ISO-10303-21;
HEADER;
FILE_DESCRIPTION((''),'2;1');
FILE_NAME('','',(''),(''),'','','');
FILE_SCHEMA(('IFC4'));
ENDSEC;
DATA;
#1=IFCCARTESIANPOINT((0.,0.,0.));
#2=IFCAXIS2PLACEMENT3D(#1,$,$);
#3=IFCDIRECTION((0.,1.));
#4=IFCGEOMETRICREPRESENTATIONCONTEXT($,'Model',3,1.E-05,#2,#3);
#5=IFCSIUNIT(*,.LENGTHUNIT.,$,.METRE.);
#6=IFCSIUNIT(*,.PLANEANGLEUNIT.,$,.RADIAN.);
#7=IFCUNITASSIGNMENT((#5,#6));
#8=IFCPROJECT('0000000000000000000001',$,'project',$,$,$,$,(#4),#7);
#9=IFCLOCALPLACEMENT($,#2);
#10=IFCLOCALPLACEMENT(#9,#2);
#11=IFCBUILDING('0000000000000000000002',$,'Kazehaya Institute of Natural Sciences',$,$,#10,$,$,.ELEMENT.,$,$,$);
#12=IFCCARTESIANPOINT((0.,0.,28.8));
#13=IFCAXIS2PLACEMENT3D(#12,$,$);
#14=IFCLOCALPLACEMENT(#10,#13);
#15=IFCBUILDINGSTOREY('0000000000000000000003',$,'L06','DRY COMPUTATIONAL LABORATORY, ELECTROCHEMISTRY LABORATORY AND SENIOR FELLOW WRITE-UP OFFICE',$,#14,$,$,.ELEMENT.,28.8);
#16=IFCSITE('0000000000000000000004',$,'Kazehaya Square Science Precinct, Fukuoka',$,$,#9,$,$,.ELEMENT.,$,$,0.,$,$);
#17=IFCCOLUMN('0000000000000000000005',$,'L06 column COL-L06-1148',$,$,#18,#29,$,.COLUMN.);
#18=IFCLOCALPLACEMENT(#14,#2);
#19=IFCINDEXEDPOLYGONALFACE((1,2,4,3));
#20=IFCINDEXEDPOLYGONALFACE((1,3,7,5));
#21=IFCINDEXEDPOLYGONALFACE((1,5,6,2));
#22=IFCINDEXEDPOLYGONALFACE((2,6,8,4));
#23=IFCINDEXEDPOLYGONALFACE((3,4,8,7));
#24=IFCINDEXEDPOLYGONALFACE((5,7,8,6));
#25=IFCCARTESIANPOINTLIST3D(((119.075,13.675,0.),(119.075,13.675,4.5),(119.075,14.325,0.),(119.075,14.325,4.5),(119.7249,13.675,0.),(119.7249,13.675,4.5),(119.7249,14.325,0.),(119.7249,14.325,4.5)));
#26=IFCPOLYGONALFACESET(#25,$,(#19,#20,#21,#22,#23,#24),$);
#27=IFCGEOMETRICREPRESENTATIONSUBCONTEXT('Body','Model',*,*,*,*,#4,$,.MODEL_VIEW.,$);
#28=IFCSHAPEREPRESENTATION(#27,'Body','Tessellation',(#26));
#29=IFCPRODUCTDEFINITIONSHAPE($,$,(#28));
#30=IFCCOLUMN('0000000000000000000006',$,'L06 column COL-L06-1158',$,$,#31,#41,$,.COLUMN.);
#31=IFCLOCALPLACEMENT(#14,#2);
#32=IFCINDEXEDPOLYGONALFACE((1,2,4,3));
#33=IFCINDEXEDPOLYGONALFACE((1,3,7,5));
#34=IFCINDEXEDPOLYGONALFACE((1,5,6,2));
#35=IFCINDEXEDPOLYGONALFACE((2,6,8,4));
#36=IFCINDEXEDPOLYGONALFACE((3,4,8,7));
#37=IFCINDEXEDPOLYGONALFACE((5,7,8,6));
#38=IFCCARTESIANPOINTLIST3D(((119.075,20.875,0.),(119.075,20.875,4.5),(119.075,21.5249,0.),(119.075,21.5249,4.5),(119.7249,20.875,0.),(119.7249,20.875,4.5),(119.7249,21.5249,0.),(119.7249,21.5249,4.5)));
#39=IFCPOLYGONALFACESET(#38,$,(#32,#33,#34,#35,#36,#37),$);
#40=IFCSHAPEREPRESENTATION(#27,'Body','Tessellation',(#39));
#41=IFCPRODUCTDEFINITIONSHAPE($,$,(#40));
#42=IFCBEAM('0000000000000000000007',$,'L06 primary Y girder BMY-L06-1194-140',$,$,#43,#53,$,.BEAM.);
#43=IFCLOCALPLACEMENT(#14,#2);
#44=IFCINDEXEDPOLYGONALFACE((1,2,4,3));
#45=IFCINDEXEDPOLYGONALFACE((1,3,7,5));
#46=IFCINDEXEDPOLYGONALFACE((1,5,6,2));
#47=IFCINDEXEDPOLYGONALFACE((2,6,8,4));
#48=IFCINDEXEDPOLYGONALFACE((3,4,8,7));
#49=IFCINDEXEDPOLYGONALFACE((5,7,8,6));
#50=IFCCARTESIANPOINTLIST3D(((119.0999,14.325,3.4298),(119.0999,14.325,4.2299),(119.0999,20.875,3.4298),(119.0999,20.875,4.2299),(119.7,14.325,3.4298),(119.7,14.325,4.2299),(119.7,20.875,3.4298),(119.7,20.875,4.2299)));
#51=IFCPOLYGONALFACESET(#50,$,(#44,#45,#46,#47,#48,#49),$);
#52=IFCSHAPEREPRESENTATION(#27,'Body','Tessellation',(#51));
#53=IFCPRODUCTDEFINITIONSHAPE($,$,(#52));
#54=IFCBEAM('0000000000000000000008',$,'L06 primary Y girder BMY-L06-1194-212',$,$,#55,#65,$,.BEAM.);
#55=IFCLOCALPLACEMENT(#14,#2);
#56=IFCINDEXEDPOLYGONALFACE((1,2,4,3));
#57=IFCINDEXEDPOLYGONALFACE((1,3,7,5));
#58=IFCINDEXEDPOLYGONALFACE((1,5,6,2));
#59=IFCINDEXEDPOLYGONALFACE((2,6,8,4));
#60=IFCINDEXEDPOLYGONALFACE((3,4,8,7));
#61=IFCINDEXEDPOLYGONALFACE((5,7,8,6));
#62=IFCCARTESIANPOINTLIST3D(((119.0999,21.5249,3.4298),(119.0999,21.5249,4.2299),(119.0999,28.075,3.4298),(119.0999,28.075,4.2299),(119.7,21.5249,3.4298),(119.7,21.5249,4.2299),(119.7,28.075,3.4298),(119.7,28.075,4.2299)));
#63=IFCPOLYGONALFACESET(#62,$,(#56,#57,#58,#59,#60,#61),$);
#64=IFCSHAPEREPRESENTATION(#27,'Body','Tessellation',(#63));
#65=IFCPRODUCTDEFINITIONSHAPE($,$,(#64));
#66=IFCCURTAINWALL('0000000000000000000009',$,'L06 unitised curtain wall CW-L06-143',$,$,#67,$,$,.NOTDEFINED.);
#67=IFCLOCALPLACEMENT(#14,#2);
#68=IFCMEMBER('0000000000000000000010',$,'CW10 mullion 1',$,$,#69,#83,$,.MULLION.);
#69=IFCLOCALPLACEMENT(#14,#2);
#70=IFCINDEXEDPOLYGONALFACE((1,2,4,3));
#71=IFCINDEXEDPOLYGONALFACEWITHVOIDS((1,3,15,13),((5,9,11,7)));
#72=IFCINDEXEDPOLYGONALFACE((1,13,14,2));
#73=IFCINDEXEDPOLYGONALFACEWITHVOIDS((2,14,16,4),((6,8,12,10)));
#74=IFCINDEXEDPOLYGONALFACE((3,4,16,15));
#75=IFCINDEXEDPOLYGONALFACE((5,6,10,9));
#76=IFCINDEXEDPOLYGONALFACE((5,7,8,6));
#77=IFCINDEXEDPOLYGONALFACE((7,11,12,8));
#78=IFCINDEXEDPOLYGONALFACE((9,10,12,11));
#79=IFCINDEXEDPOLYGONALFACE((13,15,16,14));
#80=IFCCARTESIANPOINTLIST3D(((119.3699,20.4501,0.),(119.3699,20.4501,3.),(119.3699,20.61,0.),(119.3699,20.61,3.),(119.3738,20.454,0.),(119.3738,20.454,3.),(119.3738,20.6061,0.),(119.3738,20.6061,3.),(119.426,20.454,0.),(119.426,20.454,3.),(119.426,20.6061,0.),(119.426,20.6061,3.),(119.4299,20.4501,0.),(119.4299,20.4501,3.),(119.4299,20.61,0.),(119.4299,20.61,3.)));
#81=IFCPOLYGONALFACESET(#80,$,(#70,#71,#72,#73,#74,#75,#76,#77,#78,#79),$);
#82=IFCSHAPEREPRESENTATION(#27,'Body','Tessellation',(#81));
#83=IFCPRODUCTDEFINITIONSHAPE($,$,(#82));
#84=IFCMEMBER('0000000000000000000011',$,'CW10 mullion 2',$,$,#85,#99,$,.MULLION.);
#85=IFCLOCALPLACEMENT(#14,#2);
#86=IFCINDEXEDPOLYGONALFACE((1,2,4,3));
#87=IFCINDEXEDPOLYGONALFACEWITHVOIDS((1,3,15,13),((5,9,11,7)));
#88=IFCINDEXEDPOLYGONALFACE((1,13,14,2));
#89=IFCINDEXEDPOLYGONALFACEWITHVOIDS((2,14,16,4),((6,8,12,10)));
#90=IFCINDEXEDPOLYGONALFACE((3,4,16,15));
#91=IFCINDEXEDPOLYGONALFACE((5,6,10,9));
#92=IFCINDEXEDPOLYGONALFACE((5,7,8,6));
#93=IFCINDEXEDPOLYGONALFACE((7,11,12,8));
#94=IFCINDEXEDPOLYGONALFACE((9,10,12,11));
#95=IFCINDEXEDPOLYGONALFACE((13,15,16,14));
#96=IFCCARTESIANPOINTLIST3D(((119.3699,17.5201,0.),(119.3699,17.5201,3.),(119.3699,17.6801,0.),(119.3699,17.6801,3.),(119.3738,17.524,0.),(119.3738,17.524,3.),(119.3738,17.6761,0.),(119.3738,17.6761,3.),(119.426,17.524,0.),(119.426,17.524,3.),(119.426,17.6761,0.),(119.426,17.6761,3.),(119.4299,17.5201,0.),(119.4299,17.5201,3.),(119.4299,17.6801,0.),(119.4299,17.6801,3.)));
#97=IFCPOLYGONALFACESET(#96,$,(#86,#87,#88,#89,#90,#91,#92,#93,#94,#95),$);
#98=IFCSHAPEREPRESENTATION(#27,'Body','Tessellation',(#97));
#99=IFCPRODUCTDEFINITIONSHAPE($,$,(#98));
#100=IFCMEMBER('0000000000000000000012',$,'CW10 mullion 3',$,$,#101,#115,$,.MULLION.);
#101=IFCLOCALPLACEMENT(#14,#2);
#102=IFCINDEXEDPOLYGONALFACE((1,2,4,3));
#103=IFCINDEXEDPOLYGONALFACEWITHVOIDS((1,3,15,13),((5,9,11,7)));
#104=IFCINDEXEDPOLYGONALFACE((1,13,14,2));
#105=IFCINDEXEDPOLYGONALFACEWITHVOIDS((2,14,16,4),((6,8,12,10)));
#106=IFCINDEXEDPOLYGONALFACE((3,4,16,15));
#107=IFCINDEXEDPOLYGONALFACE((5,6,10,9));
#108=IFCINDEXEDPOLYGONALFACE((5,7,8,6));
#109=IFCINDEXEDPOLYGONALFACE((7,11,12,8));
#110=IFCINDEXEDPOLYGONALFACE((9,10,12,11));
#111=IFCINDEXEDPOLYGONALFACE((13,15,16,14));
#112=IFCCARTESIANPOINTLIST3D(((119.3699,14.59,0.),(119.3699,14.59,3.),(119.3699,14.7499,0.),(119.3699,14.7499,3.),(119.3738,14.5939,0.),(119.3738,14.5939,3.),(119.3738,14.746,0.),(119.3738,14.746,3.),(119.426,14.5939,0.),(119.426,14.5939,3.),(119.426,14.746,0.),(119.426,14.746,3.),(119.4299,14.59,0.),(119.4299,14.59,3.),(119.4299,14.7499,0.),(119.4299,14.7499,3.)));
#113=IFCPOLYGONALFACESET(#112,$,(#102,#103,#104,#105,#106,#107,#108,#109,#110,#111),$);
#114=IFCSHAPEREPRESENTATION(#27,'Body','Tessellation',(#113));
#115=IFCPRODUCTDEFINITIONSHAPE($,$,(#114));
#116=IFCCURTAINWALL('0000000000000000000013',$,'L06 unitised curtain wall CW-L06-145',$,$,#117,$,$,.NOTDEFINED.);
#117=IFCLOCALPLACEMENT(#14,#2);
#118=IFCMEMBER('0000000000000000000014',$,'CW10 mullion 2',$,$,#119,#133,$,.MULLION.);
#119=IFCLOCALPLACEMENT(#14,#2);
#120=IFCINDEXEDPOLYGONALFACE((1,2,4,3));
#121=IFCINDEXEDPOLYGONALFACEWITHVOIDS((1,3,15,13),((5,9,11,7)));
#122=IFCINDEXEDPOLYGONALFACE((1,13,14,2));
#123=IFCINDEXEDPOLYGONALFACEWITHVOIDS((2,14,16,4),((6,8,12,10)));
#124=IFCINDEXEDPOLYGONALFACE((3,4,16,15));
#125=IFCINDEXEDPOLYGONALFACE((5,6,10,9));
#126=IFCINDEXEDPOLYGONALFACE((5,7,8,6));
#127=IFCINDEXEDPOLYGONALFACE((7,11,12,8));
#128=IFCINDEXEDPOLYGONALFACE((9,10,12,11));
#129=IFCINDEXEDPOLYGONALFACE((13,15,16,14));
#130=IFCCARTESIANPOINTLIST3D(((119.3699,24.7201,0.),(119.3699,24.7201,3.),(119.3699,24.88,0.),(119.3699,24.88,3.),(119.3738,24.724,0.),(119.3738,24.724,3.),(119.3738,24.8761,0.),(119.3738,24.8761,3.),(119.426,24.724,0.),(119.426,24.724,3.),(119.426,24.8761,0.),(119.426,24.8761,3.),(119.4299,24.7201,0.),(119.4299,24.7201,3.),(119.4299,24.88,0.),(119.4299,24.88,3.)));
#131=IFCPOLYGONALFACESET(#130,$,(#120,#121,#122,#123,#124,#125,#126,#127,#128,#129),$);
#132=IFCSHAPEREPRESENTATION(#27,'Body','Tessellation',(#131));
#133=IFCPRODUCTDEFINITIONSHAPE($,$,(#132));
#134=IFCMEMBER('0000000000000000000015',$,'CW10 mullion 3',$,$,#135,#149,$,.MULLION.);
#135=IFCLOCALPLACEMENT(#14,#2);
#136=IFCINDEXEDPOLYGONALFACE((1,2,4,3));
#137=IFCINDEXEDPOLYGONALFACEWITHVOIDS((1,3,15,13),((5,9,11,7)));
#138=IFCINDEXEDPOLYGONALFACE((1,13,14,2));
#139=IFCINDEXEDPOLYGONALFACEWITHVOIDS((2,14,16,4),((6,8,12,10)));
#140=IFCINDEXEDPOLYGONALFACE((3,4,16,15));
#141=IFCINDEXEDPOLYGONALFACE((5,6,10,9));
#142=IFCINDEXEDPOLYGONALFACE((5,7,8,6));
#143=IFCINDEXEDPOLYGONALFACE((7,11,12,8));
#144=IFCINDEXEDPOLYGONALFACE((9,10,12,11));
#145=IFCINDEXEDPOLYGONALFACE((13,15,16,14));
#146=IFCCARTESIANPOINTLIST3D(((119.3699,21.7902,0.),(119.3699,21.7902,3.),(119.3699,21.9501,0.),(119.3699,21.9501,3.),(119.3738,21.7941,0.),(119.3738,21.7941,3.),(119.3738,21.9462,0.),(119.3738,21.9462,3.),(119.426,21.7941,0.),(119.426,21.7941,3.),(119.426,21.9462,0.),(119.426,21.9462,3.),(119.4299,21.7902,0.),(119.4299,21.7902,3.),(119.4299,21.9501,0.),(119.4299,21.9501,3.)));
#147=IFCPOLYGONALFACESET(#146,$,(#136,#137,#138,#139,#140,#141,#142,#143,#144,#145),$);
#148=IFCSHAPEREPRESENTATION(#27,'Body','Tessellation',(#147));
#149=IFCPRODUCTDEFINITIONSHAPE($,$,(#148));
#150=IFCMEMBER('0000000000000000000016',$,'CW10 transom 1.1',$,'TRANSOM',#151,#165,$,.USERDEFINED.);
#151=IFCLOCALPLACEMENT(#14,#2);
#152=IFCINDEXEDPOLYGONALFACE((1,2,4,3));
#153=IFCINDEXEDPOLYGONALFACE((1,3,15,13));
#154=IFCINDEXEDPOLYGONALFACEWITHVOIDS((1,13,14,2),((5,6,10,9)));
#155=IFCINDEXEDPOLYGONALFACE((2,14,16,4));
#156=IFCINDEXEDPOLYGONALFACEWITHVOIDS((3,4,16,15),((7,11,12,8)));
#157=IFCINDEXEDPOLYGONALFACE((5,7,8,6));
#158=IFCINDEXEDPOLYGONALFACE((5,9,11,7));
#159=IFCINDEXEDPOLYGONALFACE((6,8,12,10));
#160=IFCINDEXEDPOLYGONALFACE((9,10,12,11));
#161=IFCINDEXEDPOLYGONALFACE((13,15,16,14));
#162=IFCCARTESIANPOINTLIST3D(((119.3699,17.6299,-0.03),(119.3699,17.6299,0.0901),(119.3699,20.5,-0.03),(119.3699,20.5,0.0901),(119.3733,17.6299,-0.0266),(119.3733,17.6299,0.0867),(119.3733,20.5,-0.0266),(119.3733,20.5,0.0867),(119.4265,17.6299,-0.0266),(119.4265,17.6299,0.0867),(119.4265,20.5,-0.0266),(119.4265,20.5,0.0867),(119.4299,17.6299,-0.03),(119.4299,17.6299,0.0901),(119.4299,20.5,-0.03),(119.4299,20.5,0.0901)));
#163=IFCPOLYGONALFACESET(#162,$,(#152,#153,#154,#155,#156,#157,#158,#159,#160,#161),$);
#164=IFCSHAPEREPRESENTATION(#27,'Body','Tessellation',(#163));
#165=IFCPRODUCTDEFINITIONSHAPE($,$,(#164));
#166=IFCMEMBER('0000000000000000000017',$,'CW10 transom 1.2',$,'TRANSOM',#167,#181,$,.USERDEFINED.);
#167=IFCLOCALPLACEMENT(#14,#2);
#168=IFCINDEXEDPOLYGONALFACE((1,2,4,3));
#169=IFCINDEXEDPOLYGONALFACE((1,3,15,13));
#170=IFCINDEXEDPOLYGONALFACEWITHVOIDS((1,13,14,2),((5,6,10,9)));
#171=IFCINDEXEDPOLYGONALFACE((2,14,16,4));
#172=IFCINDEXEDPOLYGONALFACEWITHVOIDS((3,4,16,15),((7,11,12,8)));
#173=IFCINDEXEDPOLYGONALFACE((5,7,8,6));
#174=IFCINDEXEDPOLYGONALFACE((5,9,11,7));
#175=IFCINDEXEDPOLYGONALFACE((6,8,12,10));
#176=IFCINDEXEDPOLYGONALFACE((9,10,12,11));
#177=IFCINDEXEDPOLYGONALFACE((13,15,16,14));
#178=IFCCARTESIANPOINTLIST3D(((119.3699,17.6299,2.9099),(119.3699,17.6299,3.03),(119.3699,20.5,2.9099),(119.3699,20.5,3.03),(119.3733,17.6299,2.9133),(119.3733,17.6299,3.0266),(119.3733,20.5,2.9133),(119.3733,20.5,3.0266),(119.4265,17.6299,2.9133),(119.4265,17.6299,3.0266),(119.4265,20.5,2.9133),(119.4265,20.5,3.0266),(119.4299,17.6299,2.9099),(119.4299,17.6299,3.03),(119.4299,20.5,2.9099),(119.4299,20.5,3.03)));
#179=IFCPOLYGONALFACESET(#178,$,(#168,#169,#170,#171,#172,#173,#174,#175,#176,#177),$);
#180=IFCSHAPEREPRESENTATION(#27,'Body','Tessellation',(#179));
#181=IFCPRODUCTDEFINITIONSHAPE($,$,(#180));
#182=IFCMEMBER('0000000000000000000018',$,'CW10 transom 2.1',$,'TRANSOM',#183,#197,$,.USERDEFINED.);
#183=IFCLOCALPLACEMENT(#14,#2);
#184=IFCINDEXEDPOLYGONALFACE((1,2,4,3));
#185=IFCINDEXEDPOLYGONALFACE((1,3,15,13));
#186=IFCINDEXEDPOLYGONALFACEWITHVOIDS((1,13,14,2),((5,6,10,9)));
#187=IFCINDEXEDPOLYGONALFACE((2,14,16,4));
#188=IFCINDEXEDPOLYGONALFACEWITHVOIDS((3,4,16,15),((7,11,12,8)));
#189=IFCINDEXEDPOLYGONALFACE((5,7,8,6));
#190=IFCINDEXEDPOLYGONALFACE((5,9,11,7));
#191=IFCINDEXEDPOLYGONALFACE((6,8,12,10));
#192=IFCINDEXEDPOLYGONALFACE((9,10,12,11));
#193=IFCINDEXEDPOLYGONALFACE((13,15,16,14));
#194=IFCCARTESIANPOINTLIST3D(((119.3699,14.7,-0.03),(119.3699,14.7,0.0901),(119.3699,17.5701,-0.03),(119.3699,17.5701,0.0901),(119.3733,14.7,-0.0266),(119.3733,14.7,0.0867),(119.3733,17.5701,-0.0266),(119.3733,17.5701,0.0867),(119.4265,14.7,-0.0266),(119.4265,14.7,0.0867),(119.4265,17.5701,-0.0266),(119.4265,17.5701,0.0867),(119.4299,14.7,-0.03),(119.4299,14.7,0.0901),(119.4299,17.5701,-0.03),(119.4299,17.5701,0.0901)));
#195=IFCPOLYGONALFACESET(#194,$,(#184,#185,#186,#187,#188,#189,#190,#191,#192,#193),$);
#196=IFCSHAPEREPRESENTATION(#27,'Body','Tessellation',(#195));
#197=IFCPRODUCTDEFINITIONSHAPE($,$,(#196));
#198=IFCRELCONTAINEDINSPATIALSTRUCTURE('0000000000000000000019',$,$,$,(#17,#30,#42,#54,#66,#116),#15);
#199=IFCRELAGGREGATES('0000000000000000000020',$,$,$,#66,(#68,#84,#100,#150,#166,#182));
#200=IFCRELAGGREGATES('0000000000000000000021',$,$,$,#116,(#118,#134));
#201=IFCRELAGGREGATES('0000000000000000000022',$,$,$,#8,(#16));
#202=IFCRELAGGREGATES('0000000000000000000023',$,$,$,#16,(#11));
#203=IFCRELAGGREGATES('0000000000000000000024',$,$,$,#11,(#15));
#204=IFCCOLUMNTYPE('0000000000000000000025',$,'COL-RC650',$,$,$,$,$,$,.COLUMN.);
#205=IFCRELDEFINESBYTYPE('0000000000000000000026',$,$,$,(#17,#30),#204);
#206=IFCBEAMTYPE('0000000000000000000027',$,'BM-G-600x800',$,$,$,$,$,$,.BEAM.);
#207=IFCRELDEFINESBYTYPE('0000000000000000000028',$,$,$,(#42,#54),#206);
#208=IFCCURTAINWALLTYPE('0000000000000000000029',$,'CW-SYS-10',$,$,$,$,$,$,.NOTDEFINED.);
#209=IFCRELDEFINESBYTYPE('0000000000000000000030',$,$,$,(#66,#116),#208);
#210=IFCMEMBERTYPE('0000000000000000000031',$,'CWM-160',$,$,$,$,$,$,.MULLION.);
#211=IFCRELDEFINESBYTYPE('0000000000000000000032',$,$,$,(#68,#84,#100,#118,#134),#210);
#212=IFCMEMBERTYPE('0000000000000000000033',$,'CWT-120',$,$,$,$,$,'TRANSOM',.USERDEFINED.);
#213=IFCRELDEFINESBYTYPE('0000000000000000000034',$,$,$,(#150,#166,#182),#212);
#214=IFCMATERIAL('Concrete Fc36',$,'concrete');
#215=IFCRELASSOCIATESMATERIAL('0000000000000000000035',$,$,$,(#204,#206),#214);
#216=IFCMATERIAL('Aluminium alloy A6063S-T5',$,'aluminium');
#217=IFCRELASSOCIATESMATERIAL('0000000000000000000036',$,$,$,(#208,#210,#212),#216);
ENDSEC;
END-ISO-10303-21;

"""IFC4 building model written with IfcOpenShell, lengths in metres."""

from ifc_helpers import new_model, si_unit, direction, frame, origin, origin_2d, place, context, subcontext, project, spatial, rectangle, hollow_rectangle, extrude, material, material_profile, profile_set, type_object, element, aggregate, save


model = new_model("IFC4")

# Units and contexts
model_context = context("Model", 3, precision=1e-05, world=origin(), true_north=direction((0.0, 1.0)))
body_context = subcontext(model_context, "Body", "Model", "MODEL_VIEW")
ifc_project = project(units=[si_unit("LENGTHUNIT", "METRE"), si_unit("PLANEANGLEUNIT", "RADIAN")], contexts=[model_context])

# Site, building, storey
site_placement = place(None, origin())
site = spatial("IfcSite", under=ifc_project, at=site_placement, Name="Kazehaya Square Science Precinct, Fukuoka", CompositionType="ELEMENT", RefElevation=0.0)
building_placement = place(site_placement, origin())
building = spatial("IfcBuilding", under=site, at=building_placement, Name="Kazehaya Institute of Natural Sciences", CompositionType="ELEMENT")
storey_placement = place(building_placement, frame((0.0, 0.0, 28.8)))
storey = spatial("IfcBuildingStorey", under=building, at=storey_placement, Name="L06", Description="DRY COMPUTATIONAL LABORATORY, ELECTROCHEMISTRY LABORATORY AND SENIOR FELLOW WRITE-UP OFFICE", CompositionType="ELEMENT", Elevation=28.8)

# Columns
ifc_material_1 = material(Name="Concrete Fc36", Category="concrete")
ifc_material_profile_1 = material_profile(ifc_material_1, rectangle(XDim=0.6499, YDim=0.6499, at=origin_2d()), Name="RC-650x650")
ifc_profile_set_1 = profile_set([ifc_material_profile_1], Name="Concrete Fc36")
column_type = type_object("IfcColumnType", Name="COL-RC650", PredefinedType="COLUMN", material=ifc_profile_set_1)
for number, where, z_axis, x_axis, name in (
    (1, (119.3999, 14.0, 0.0), (0.0, 0.0, 1.0), (1.0, 0.0, 0.0), "L06 column COL-L06-1148"),
    (2, (119.3999, 21.2, 0.0), (0.0, 0.0, 1.0), (1.0, 0.0, 0.0), "L06 column COL-L06-1158"),
):
    element("IfcColumn", number, at=place(storey_placement, frame(where, z_axis=z_axis, x_axis=x_axis)), inside=storey, type_object=column_type, Name=name, PredefinedType="COLUMN", context=body_context, shape_type="SweptSolid", body=[
        extrude(rectangle(XDim=0.6499, YDim=0.6499, at=origin_2d()), origin(), (0.0, 0.0, 1.0), 4.5),
    ])

# Beams
ifc_material_profile_2 = material_profile(ifc_material_1, rectangle(XDim=0.6001, YDim=0.8, at=origin_2d()), Name="RC-600x800")
ifc_profile_set_2 = profile_set([ifc_material_profile_2], Name="Concrete Fc36")
beam_type = type_object("IfcBeamType", Name="BM-G-600x800", PredefinedType="BEAM", material=ifc_profile_set_2)
for number, where, z_axis, x_axis, name in (
    (3, (119.3999, 14.325, 3.8298), (0.0, 1.0, 0.0), (-1.0, 0.0, 0.0), "L06 primary Y girder BMY-L06-1194-140"),
    (4, (119.3999, 21.5249, 3.8298), (0.0, 1.0, 0.0), (-1.0, 0.0, 0.0), "L06 primary Y girder BMY-L06-1194-212"),
):
    element("IfcBeam", number, at=place(storey_placement, frame(where, z_axis=z_axis, x_axis=x_axis)), inside=storey, type_object=beam_type, Name=name, PredefinedType="BEAM", context=body_context, shape_type="SweptSolid", body=[
        extrude(rectangle(XDim=0.6001, YDim=0.8, at=origin_2d()), origin(), (0.0, 0.0, 1.0), 6.55),
    ])

# Curtain walls, members
ifc_material_2 = material(Name="Aluminium alloy A6063S-T5", Category="aluminium")
curtain_wall_type = type_object("IfcCurtainWallType", Name="CW-SYS-10", PredefinedType="NOTDEFINED", material=ifc_material_2)
curtain_wall_1_placement = place(storey_placement, origin())
curtain_wall_1 = element("IfcCurtainWall", 5, at=curtain_wall_1_placement, inside=storey, type_object=curtain_wall_type, Name="L06 unitised curtain wall CW-L06-143", PredefinedType="NOTDEFINED")
ifc_material_profile_3 = material_profile(ifc_material_2, hollow_rectangle(XDim=0.0601, YDim=0.1599, WallThickness=0.0039, at=origin_2d()), Name="ALU-60x160x4")
ifc_profile_set_3 = profile_set([ifc_material_profile_3], Name="Aluminium alloy A6063S-T5")
member_type_1 = type_object("IfcMemberType", Name="CWM-160", PredefinedType="MULLION", material=ifc_profile_set_3)
member_1_placement = place(storey_placement, frame((119.3999, 20.53, 0.0), z_axis=(0.0, 0.0, 1.0), x_axis=(1.0, 0.0, 0.0)))
member_1 = element("IfcMember", 6, at=member_1_placement, type_object=member_type_1, Name="CW10 mullion 1", PredefinedType="MULLION", context=body_context, shape_type="SweptSolid", body=[
    extrude(hollow_rectangle(XDim=0.0601, YDim=0.1599, WallThickness=0.0039, at=origin_2d()), origin(), (0.0, 0.0, 1.0), 3.0),
])
member_2_placement = place(storey_placement, frame((119.3999, 17.6001, 0.0), z_axis=(0.0, 0.0, 1.0), x_axis=(1.0, 0.0, 0.0)))
member_2 = element("IfcMember", 7, at=member_2_placement, type_object=member_type_1, Name="CW10 mullion 2", PredefinedType="MULLION", context=body_context, shape_type="SweptSolid", body=[
    extrude(hollow_rectangle(XDim=0.0601, YDim=0.1599, WallThickness=0.0039, at=origin_2d()), origin(), (0.0, 0.0, 1.0), 3.0),
])
member_3_placement = place(storey_placement, frame((119.3999, 14.6699, 0.0), z_axis=(0.0, 0.0, 1.0), x_axis=(1.0, 0.0, 0.0)))
member_3 = element("IfcMember", 8, at=member_3_placement, type_object=member_type_1, Name="CW10 mullion 3", PredefinedType="MULLION", context=body_context, shape_type="SweptSolid", body=[
    extrude(hollow_rectangle(XDim=0.0601, YDim=0.1599, WallThickness=0.0039, at=origin_2d()), origin(), (0.0, 0.0, 1.0), 3.0),
])
curtain_wall_2_placement = place(storey_placement, origin())
curtain_wall_2 = element("IfcCurtainWall", 9, at=curtain_wall_2_placement, inside=storey, type_object=curtain_wall_type, Name="L06 unitised curtain wall CW-L06-145", PredefinedType="NOTDEFINED")
member_4_placement = place(storey_placement, frame((119.3999, 24.8, 0.0), z_axis=(0.0, 0.0, 1.0), x_axis=(1.0, 0.0, 0.0)))
member_4 = element("IfcMember", 10, at=member_4_placement, type_object=member_type_1, Name="CW10 mullion 2", PredefinedType="MULLION", context=body_context, shape_type="SweptSolid", body=[
    extrude(hollow_rectangle(XDim=0.0601, YDim=0.1599, WallThickness=0.0039, at=origin_2d()), origin(), (0.0, 0.0, 1.0), 3.0),
])
member_5_placement = place(storey_placement, frame((119.3999, 21.8701, 0.0), z_axis=(0.0, 0.0, 1.0), x_axis=(1.0, 0.0, 0.0)))
member_5 = element("IfcMember", 11, at=member_5_placement, type_object=member_type_1, Name="CW10 mullion 3", PredefinedType="MULLION", context=body_context, shape_type="SweptSolid", body=[
    extrude(hollow_rectangle(XDim=0.0601, YDim=0.1599, WallThickness=0.0039, at=origin_2d()), origin(), (0.0, 0.0, 1.0), 3.0),
])

# Members
ifc_material_profile_4 = material_profile(ifc_material_2, hollow_rectangle(XDim=0.0601, YDim=0.1201, WallThickness=0.0034, at=origin_2d()), Name="ALU-60x120x3.5")
ifc_profile_set_4 = profile_set([ifc_material_profile_4], Name="Aluminium alloy A6063S-T5")
member_type_2 = type_object("IfcMemberType", Name="CWT-120", ElementType="TRANSOM", PredefinedType="USERDEFINED", material=ifc_profile_set_4)
member_6_placement = place(storey_placement, frame((119.3999, 20.5, 0.03), z_axis=(0.0, -1.0, 0.0), x_axis=(1.0, 0.0, 0.0)))
member_6 = element("IfcMember", 12, at=member_6_placement, type_object=member_type_2, Name="CW10 transom 1.1", ObjectType="TRANSOM", PredefinedType="USERDEFINED", context=body_context, shape_type="SweptSolid", body=[
    extrude(hollow_rectangle(XDim=0.0601, YDim=0.1201, WallThickness=0.0034, at=origin_2d()), origin(), (0.0, 0.0, 1.0), 2.8701),
])
member_7_placement = place(storey_placement, frame((119.3999, 20.5, 2.97), z_axis=(0.0, -1.0, 0.0), x_axis=(1.0, 0.0, 0.0)))
member_7 = element("IfcMember", 13, at=member_7_placement, type_object=member_type_2, Name="CW10 transom 1.2", ObjectType="TRANSOM", PredefinedType="USERDEFINED", context=body_context, shape_type="SweptSolid", body=[
    extrude(hollow_rectangle(XDim=0.0601, YDim=0.1201, WallThickness=0.0034, at=origin_2d()), origin(), (0.0, 0.0, 1.0), 2.8701),
])
member_8_placement = place(storey_placement, frame((119.3999, 17.5701, 0.03), z_axis=(0.0, -1.0, 0.0), x_axis=(1.0, 0.0, 0.0)))
member_8 = element("IfcMember", 14, at=member_8_placement, type_object=member_type_2, Name="CW10 transom 2.1", ObjectType="TRANSOM", PredefinedType="USERDEFINED", context=body_context, shape_type="SweptSolid", body=[
    extrude(hollow_rectangle(XDim=0.0601, YDim=0.1201, WallThickness=0.0034, at=origin_2d()), origin(), (0.0, 0.0, 1.0), 2.8701),
])

aggregate(curtain_wall_1, [member_1, member_2, member_3, member_6, member_7, member_8])
aggregate(curtain_wall_2, [member_4, member_5])

save(model, "model.ifc")
